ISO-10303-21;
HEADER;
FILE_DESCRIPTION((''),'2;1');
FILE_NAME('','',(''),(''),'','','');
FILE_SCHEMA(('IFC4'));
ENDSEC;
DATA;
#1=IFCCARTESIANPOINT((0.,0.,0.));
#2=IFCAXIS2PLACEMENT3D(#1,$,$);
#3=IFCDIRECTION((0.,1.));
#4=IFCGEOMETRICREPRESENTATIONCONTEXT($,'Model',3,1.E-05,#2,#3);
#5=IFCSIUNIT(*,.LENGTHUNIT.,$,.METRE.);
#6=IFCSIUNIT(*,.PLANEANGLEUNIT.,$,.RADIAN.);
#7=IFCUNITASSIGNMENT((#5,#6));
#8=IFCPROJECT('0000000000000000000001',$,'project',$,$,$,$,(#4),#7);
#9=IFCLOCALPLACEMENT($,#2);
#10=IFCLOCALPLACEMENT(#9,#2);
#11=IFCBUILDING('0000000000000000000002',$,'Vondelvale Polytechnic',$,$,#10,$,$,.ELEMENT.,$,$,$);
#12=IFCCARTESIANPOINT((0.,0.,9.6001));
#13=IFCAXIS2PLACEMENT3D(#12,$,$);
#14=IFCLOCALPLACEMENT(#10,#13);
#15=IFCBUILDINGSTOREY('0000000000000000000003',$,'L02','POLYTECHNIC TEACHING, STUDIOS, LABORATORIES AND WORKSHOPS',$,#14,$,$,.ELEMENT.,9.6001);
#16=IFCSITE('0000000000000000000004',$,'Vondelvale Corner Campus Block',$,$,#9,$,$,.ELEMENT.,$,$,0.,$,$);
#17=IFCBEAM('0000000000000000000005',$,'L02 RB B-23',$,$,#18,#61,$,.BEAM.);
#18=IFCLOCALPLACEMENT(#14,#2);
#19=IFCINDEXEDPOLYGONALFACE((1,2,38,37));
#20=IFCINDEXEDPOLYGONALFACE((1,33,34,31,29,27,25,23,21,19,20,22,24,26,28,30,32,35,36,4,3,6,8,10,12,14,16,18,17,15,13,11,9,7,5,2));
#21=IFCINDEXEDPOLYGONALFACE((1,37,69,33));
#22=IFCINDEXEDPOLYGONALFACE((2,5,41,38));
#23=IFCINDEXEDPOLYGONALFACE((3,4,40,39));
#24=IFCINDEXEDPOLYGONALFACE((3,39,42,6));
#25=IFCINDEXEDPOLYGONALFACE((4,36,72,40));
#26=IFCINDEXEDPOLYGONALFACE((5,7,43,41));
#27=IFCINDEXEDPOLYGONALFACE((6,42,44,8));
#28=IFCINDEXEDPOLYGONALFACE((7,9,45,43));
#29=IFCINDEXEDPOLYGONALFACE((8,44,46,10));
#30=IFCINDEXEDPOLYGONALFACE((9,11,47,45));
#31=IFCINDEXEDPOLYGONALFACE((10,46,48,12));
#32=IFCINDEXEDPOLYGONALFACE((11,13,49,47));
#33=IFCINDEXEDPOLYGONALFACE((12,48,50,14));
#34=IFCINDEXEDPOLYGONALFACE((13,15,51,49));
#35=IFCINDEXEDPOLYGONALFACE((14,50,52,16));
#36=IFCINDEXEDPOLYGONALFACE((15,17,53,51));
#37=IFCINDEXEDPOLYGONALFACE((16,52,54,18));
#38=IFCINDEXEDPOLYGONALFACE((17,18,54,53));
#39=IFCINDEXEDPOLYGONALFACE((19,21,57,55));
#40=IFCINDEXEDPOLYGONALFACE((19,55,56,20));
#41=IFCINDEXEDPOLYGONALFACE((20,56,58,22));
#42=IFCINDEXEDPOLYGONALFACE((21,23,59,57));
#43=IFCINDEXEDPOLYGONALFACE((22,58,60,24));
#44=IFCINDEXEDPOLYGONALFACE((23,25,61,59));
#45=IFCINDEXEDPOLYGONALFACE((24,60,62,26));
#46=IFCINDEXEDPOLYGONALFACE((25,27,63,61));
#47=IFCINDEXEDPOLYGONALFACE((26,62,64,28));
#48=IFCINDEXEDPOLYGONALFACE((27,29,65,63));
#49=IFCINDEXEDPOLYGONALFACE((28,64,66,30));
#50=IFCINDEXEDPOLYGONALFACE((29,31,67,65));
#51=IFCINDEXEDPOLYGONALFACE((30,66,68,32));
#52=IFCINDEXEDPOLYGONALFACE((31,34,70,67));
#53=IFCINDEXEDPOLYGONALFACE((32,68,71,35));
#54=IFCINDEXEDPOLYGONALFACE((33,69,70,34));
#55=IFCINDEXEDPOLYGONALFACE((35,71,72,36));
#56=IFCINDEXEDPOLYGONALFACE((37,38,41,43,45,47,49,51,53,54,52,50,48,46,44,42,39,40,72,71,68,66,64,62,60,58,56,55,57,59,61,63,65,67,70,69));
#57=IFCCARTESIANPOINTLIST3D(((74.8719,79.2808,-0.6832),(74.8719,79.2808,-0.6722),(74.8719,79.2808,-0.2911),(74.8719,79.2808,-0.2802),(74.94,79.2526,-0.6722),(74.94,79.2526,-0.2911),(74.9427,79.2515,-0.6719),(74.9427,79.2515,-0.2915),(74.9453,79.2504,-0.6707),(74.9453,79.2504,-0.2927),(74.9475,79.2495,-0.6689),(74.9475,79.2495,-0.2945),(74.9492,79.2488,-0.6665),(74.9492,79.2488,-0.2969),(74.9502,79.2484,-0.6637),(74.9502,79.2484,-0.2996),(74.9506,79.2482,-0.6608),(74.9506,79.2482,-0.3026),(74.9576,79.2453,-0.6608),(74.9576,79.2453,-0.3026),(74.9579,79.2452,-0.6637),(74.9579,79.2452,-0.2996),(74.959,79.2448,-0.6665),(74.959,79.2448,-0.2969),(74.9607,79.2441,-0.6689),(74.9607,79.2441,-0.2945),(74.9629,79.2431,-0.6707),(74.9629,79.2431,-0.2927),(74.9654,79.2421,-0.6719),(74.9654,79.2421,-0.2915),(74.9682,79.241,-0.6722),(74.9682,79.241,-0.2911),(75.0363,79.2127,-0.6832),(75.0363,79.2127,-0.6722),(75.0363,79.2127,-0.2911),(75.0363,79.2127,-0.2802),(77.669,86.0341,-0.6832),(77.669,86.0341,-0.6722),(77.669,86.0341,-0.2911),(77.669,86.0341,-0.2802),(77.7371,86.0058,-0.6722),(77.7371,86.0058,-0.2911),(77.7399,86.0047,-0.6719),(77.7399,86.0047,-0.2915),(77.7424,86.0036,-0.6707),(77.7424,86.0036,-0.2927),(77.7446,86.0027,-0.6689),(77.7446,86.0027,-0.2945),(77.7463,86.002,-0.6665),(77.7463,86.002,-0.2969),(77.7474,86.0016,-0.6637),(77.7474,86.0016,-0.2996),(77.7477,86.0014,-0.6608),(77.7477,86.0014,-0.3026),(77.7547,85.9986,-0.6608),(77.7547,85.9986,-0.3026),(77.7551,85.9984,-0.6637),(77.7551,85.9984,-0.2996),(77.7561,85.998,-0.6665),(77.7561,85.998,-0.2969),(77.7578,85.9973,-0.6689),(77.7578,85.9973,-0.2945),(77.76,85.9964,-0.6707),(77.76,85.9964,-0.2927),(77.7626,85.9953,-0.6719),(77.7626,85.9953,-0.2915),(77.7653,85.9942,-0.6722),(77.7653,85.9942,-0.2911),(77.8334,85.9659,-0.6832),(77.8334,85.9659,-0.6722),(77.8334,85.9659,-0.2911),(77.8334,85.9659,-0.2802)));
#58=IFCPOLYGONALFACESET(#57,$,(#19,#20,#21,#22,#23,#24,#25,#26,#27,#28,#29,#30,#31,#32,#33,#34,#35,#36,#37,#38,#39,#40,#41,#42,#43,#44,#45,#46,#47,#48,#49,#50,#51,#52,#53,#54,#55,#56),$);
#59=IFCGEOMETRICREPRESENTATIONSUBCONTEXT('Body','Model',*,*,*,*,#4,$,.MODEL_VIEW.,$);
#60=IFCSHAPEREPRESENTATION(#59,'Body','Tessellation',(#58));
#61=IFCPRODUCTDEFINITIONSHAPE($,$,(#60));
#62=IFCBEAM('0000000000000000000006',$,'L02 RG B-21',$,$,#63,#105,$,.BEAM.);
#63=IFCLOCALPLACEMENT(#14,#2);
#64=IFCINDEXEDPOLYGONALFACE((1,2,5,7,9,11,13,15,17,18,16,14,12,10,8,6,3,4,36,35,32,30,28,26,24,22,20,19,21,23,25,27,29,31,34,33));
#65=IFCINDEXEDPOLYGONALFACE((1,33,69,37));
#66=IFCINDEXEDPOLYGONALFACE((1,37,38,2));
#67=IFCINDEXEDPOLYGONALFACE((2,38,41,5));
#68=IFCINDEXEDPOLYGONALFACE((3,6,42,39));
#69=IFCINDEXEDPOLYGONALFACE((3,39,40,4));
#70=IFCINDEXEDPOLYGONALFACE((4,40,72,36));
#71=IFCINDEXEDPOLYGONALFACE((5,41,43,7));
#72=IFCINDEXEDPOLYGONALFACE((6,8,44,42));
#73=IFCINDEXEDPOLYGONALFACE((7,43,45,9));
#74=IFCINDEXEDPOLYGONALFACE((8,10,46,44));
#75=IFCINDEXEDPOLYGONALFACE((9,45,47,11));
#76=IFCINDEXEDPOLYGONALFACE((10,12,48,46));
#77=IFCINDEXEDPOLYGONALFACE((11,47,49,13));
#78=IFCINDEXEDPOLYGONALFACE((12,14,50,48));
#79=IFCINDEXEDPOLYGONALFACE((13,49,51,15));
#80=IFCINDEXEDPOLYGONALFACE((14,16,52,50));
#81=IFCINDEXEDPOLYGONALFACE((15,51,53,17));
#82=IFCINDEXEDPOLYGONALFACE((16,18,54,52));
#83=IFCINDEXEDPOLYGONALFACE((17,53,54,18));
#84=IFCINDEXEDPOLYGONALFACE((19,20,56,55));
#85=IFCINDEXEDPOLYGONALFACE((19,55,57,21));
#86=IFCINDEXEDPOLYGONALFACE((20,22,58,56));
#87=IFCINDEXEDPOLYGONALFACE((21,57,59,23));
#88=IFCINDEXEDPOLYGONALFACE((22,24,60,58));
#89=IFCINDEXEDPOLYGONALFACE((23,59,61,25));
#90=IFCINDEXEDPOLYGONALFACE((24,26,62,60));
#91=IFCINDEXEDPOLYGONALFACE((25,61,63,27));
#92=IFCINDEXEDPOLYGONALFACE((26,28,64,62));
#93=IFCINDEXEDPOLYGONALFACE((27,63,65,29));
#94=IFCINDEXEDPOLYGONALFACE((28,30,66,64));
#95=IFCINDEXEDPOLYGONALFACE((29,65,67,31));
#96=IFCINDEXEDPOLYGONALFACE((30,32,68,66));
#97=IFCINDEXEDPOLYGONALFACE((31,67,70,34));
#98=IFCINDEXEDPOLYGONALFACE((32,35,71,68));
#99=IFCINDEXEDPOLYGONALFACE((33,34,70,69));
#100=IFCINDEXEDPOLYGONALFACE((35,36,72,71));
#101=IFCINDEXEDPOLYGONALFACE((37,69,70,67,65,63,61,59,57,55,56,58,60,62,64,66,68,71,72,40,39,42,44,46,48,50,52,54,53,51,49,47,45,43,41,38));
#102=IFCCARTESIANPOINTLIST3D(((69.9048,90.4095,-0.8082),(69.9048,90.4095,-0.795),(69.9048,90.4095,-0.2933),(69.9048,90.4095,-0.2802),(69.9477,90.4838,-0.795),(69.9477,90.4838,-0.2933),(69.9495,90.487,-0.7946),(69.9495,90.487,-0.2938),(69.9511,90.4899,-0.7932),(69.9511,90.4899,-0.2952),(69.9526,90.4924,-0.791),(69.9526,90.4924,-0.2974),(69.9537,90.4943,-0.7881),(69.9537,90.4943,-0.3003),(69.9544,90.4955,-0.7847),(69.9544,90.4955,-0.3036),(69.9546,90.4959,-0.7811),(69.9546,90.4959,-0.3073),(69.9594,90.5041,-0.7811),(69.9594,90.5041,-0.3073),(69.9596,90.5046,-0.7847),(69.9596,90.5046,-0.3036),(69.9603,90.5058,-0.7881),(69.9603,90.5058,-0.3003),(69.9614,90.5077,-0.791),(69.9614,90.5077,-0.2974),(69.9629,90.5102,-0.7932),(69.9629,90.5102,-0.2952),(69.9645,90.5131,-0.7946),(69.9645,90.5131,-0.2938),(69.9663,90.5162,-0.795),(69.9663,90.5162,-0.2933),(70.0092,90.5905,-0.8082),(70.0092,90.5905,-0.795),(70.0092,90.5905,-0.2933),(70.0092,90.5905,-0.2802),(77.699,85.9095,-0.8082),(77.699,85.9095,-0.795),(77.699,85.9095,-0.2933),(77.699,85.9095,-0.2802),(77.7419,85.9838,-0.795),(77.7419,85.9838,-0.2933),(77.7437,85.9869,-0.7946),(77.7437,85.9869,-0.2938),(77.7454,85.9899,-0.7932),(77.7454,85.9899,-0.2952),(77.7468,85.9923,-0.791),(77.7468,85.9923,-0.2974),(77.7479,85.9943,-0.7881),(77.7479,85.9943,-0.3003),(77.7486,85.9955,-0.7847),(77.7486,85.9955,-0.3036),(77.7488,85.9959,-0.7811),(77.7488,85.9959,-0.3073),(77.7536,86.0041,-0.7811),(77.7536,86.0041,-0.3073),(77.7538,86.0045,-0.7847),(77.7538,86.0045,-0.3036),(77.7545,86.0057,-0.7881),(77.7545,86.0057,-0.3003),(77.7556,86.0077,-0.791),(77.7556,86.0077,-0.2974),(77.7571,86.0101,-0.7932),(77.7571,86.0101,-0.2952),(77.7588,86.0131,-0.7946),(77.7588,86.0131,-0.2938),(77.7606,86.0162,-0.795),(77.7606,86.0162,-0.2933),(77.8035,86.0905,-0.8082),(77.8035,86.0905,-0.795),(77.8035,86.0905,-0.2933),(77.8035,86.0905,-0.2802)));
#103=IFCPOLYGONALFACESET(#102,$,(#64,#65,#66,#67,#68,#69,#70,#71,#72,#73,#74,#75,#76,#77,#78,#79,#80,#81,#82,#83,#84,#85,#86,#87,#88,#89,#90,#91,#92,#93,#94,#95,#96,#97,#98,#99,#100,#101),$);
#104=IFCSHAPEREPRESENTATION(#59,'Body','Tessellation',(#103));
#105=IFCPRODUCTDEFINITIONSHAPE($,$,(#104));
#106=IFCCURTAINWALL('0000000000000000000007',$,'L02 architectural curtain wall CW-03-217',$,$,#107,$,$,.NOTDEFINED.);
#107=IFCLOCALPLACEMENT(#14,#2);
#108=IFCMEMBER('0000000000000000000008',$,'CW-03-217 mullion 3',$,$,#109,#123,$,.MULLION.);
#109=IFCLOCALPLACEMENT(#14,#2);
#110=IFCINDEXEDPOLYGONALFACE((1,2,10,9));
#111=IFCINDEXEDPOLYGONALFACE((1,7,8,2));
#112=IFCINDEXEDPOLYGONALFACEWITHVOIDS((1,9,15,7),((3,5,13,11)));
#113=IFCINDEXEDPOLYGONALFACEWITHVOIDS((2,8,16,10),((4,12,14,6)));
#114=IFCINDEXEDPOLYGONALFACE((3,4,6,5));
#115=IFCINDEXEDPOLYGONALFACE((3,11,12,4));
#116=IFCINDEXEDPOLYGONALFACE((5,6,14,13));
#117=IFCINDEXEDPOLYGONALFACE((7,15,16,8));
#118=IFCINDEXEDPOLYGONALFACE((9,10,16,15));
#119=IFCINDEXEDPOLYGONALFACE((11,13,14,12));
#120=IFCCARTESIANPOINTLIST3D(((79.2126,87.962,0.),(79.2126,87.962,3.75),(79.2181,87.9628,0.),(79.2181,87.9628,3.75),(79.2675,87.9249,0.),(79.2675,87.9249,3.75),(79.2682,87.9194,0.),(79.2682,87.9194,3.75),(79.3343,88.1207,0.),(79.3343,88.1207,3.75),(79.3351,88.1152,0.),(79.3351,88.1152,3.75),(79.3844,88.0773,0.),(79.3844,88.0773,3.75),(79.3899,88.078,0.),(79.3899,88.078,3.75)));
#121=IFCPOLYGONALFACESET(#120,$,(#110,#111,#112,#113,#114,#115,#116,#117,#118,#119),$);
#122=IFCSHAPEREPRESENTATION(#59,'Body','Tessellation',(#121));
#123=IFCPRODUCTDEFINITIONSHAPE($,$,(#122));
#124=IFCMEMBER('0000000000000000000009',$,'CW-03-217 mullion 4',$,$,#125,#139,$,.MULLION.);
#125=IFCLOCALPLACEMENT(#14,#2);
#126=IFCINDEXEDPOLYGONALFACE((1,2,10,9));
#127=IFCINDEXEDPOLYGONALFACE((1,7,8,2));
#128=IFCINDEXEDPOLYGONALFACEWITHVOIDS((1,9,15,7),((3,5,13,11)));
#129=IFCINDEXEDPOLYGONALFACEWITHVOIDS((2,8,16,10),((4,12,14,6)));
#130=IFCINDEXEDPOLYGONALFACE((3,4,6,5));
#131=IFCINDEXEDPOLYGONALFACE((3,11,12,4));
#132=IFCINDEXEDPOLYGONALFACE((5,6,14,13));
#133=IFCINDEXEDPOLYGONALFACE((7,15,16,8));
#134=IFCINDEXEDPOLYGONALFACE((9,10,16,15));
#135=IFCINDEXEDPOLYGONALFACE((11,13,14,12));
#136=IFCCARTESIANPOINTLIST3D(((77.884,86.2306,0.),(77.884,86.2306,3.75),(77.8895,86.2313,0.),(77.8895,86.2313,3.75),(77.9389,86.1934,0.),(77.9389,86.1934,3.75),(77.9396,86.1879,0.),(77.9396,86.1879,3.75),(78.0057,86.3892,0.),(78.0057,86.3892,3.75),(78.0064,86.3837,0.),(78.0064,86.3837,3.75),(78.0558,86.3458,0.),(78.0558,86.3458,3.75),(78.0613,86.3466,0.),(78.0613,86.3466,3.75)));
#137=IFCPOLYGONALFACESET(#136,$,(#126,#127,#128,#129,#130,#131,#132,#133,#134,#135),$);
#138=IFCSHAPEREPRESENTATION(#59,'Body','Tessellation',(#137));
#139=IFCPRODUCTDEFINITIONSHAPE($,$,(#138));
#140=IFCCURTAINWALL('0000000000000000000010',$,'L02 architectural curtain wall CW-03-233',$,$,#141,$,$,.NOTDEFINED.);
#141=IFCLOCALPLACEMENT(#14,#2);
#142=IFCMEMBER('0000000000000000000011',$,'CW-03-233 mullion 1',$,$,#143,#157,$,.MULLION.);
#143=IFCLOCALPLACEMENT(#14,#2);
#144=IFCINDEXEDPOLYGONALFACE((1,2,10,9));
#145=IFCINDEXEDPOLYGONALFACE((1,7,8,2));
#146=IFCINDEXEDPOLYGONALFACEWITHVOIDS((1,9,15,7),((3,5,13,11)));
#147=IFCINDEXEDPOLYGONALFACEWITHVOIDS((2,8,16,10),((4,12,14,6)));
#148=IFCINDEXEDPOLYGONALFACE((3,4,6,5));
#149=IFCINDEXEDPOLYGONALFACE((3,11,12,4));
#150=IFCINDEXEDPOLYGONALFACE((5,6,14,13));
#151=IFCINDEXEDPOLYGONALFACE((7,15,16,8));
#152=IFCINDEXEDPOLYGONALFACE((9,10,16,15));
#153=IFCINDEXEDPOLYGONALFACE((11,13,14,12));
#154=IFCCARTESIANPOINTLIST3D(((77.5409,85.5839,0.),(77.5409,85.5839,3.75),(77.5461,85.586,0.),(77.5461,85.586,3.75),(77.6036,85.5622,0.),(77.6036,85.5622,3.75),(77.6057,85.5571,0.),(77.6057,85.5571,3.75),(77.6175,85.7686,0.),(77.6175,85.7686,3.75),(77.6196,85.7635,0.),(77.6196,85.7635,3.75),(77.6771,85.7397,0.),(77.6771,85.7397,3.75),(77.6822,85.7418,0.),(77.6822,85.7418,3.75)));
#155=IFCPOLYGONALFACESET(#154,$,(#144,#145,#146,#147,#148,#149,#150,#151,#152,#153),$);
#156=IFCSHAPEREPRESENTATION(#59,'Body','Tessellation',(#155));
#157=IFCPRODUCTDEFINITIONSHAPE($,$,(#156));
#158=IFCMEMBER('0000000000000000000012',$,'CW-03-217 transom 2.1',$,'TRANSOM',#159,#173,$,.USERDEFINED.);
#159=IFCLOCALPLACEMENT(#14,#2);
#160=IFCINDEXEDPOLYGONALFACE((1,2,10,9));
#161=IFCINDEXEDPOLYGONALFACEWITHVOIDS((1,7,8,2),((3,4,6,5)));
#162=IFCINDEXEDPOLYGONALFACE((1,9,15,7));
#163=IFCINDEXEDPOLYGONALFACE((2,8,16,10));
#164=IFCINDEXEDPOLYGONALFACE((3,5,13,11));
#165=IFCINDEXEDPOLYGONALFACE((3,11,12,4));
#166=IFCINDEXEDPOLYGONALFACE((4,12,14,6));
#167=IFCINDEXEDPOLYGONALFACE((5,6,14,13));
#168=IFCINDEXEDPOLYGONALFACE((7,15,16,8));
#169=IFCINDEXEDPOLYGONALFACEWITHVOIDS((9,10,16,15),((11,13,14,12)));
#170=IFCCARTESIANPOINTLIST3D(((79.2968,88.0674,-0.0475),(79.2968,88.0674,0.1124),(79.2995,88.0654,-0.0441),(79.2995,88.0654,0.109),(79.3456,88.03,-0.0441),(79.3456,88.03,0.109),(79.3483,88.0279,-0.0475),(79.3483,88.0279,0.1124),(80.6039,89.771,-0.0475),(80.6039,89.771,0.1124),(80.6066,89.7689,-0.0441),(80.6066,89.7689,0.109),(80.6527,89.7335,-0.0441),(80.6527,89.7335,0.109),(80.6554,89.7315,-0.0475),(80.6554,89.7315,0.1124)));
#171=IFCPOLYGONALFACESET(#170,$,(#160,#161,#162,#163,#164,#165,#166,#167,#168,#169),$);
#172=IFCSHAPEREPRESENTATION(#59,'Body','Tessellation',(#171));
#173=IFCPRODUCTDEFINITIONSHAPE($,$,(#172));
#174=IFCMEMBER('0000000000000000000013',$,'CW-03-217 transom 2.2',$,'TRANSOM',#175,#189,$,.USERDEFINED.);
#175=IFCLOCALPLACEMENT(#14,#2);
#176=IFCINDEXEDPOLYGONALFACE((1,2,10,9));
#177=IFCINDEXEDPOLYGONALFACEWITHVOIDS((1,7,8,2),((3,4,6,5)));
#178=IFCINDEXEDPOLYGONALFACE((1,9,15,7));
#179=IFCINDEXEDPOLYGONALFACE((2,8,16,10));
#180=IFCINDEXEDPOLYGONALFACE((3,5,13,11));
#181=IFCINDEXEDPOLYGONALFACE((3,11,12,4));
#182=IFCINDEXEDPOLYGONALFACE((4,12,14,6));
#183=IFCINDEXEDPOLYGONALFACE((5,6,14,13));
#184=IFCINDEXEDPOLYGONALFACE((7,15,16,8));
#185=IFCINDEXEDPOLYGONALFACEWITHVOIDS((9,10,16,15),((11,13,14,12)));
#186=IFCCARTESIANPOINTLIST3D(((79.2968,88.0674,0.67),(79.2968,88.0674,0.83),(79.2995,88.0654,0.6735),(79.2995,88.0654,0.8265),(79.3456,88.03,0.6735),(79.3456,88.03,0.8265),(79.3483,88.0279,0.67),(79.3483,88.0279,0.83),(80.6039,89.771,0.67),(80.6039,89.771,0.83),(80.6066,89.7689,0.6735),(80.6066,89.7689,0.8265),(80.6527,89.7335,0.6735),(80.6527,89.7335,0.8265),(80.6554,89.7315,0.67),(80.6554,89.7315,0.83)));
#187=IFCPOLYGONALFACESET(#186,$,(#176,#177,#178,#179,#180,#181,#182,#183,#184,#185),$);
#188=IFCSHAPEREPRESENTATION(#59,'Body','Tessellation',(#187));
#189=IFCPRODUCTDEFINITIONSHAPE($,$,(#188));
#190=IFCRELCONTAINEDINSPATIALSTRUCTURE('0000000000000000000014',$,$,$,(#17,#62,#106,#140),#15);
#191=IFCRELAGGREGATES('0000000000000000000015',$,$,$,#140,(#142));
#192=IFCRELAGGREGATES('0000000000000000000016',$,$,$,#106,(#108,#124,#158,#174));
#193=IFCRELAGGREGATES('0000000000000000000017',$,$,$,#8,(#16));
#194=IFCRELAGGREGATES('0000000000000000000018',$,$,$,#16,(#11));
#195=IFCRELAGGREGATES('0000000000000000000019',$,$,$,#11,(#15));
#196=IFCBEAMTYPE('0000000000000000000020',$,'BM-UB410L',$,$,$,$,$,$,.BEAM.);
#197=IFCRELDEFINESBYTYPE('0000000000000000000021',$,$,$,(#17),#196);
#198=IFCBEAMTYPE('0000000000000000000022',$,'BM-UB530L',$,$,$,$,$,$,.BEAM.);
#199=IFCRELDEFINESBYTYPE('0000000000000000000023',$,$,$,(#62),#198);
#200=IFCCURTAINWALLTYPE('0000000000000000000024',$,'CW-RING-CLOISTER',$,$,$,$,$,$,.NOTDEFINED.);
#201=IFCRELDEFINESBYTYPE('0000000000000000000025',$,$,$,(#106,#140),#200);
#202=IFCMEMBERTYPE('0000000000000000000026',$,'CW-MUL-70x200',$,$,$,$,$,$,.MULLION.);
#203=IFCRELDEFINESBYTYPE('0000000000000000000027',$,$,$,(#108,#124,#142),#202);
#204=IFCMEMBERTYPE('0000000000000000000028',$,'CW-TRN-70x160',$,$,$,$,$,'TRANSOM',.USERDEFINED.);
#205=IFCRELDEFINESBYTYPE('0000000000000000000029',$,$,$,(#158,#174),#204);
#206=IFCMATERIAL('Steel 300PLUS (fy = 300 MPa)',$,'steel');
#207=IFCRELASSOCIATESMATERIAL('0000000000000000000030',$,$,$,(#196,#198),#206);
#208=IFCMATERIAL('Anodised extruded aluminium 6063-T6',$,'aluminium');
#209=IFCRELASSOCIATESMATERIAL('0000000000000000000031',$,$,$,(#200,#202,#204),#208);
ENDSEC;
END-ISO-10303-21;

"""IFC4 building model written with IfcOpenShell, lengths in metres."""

from ifc_helpers import new_model, si_unit, direction, frame, origin, origin_2d, place, context, subcontext, project, spatial, hollow_rectangle, i_section, extrude, material, material_profile, profile_set, type_object, element, aggregate, save


model = new_model("IFC4")

# Units and contexts
model_context = context("Model", 3, precision=1e-05, world=origin(), true_north=direction((0.0, 1.0)))
body_context = subcontext(model_context, "Body", "Model", "MODEL_VIEW")
ifc_project = project(units=[si_unit("LENGTHUNIT", "METRE"), si_unit("PLANEANGLEUNIT", "RADIAN")], contexts=[model_context])

# Site, building, storey
site_placement = place(None, origin())
site = spatial("IfcSite", under=ifc_project, at=site_placement, Name="Vondelvale Corner Campus Block", CompositionType="ELEMENT", RefElevation=0.0)
building_placement = place(site_placement, origin())
building = spatial("IfcBuilding", under=site, at=building_placement, Name="Vondelvale Polytechnic", CompositionType="ELEMENT")
storey_placement = place(building_placement, frame((0.0, 0.0, 9.6001)))
storey = spatial("IfcBuildingStorey", under=building, at=storey_placement, Name="L02", Description="POLYTECHNIC TEACHING, STUDIOS, LABORATORIES AND WORKSHOPS", CompositionType="ELEMENT", Elevation=9.6001)

# Beams
ifc_material_1 = material(Name="Steel 300PLUS (fy = 300 MPa)", Category="steel")
ifc_material_profile_1 = material_profile(ifc_material_1, i_section(OverallWidth=0.178, OverallDepth=0.4031, WebThickness=0.0076, FlangeThickness=0.011, FilletRadius=0.0115, at=origin_2d()), Name="410UB53.7")
ifc_profile_set_1 = profile_set([ifc_material_profile_1], Name="Steel 300PLUS (fy = 300 MPa)")
beam_type_1 = type_object("IfcBeamType", Name="BM-UB410L", PredefinedType="BEAM", material=ifc_profile_set_1)
beam_1_placement = place(storey_placement, frame((77.7512, 86.0, -0.4817), z_axis=(-0.382667, -0.923886, 0.0), x_axis=(0.923886, -0.382667, 0.0)))
element("IfcBeam", 1, at=beam_1_placement, inside=storey, type_object=beam_type_1, Name="L02 RB B-23", PredefinedType="BEAM", context=body_context, shape_type="SweptSolid", body=[
    extrude(i_section(OverallWidth=0.178, OverallDepth=0.4031, WebThickness=0.0076, FlangeThickness=0.011, FilletRadius=0.0115, at=origin_2d()), origin(), (0.0, 0.0, 1.0), 7.3096),
])
ifc_material_profile_2 = material_profile(ifc_material_1, i_section(OverallWidth=0.209, OverallDepth=0.5281, WebThickness=0.0095, FlangeThickness=0.0132, FilletRadius=0.0139, at=origin_2d()), Name="530UB82.0")
ifc_profile_set_2 = profile_set([ifc_material_profile_2], Name="Steel 300PLUS (fy = 300 MPa)")
beam_type_2 = type_object("IfcBeamType", Name="BM-UB530L", PredefinedType="BEAM", material=ifc_profile_set_2)
beam_2_placement = place(storey_placement, frame((77.7512, 86.0, -0.5442), z_axis=(-0.866024, 0.500002, 0.0), x_axis=(-0.500002, -0.866024, 0.0)))
element("IfcBeam", 2, at=beam_2_placement, inside=storey, type_object=beam_type_2, Name="L02 RG B-21", PredefinedType="BEAM", context=body_context, shape_type="SweptSolid", body=[
    extrude(i_section(OverallWidth=0.209, OverallDepth=0.5281, WebThickness=0.0095, FlangeThickness=0.0132, FilletRadius=0.0139, at=origin_2d()), origin(), (0.0, 0.0, 1.0), 9.0),
])

# Curtain wall, members
ifc_material_2 = material(Name="Anodised extruded aluminium 6063-T6", Category="aluminium")
curtain_wall_type = type_object("IfcCurtainWallType", Name="CW-RING-CLOISTER", PredefinedType="NOTDEFINED", material=ifc_material_2)
curtain_wall_1_placement = place(storey_placement, origin())
curtain_wall_1 = element("IfcCurtainWall", 3, at=curtain_wall_1_placement, inside=storey, type_object=curtain_wall_type, Name="L02 architectural curtain wall CW-03-217", PredefinedType="NOTDEFINED")
ifc_material_profile_3 = material_profile(ifc_material_2, hollow_rectangle(XDim=0.0701, YDim=0.2, WallThickness=0.0039, at=origin_2d()), Name="CW-MUL-200x70")
ifc_profile_set_3 = profile_set([ifc_material_profile_3], Name="Anodised extruded aluminium 6063-T6")
member_type_1 = type_object("IfcMemberType", Name="CW-MUL-70x200", PredefinedType="MULLION", material=ifc_profile_set_3)
member_1_placement = place(storey_placement, frame((79.3013, 88.02, 0.0), z_axis=(0.0, 0.0, 1.0), x_axis=(0.793364, -0.608748, 0.0)))
member_1 = element("IfcMember", 4, at=member_1_placement, type_object=member_type_1, Name="CW-03-217 mullion 3", PredefinedType="MULLION", context=body_context, shape_type="SweptSolid", body=[
    extrude(hollow_rectangle(XDim=0.0701, YDim=0.2, WallThickness=0.0039, at=origin_2d()), origin(), (0.0, 0.0, 1.0), 3.75),
])
member_2_placement = place(storey_placement, frame((77.9727, 86.2886, 0.0), z_axis=(0.0, 0.0, 1.0), x_axis=(0.793364, -0.608748, 0.0)))
member_2 = element("IfcMember", 5, at=member_2_placement, type_object=member_type_1, Name="CW-03-217 mullion 4", PredefinedType="MULLION", context=body_context, shape_type="SweptSolid", body=[
    extrude(hollow_rectangle(XDim=0.0701, YDim=0.2, WallThickness=0.0039, at=origin_2d()), origin(), (0.0, 0.0, 1.0), 3.75),
])

# Curtain wall, member
curtain_wall_2_placement = place(storey_placement, origin())
curtain_wall_2 = element("IfcCurtainWall", 6, at=curtain_wall_2_placement, inside=storey, type_object=curtain_wall_type, Name="L02 architectural curtain wall CW-03-233", PredefinedType="NOTDEFINED")
member_3_placement = place(storey_placement, frame((77.6116, 85.6628, 0.0), z_axis=(0.0, 0.0, 1.0), x_axis=(0.923882, -0.382679, 0.0)))
member_3 = element("IfcMember", 7, at=member_3_placement, type_object=member_type_1, Name="CW-03-233 mullion 1", PredefinedType="MULLION", context=body_context, shape_type="SweptSolid", body=[
    extrude(hollow_rectangle(XDim=0.0701, YDim=0.2, WallThickness=0.0039, at=origin_2d()), origin(), (0.0, 0.0, 1.0), 3.75),
])

# Members
ifc_material_profile_4 = material_profile(ifc_material_2, hollow_rectangle(XDim=0.0649, YDim=0.1599, WallThickness=0.0034, at=origin_2d()), Name="CW-TRN-160x65")
ifc_profile_set_4 = profile_set([ifc_material_profile_4], Name="Anodised extruded aluminium 6063-T6")
member_type_2 = type_object("IfcMemberType", Name="CW-TRN-70x160", ElementType="TRANSOM", PredefinedType="USERDEFINED", material=ifc_profile_set_4)
member_4_placement = place(storey_placement, frame((80.6296, 89.7512, 0.0325), z_axis=(-0.608732, -0.793376, 0.0), x_axis=(0.793376, -0.608732, 0.0)))
member_4 = element("IfcMember", 8, at=member_4_placement, type_object=member_type_2, Name="CW-03-217 transom 2.1", ObjectType="TRANSOM", PredefinedType="USERDEFINED", context=body_context, shape_type="SweptSolid", body=[
    extrude(hollow_rectangle(XDim=0.0649, YDim=0.1599, WallThickness=0.0034, at=origin_2d()), origin(), (0.0, 0.0, 1.0), 2.1472),
])
member_5_placement = place(storey_placement, frame((80.6296, 89.7512, 0.75), z_axis=(-0.608732, -0.793376, 0.0), x_axis=(0.793376, -0.608732, 0.0)))
member_5 = element("IfcMember", 9, at=member_5_placement, type_object=member_type_2, Name="CW-03-217 transom 2.2", ObjectType="TRANSOM", PredefinedType="USERDEFINED", context=body_context, shape_type="SweptSolid", body=[
    extrude(hollow_rectangle(XDim=0.0649, YDim=0.1599, WallThickness=0.0034, at=origin_2d()), origin(), (0.0, 0.0, 1.0), 2.1472),
])

aggregate(curtain_wall_2, [member_3])
aggregate(curtain_wall_1, [member_1, member_2, member_4, member_5])

save(model, "model.ifc")
